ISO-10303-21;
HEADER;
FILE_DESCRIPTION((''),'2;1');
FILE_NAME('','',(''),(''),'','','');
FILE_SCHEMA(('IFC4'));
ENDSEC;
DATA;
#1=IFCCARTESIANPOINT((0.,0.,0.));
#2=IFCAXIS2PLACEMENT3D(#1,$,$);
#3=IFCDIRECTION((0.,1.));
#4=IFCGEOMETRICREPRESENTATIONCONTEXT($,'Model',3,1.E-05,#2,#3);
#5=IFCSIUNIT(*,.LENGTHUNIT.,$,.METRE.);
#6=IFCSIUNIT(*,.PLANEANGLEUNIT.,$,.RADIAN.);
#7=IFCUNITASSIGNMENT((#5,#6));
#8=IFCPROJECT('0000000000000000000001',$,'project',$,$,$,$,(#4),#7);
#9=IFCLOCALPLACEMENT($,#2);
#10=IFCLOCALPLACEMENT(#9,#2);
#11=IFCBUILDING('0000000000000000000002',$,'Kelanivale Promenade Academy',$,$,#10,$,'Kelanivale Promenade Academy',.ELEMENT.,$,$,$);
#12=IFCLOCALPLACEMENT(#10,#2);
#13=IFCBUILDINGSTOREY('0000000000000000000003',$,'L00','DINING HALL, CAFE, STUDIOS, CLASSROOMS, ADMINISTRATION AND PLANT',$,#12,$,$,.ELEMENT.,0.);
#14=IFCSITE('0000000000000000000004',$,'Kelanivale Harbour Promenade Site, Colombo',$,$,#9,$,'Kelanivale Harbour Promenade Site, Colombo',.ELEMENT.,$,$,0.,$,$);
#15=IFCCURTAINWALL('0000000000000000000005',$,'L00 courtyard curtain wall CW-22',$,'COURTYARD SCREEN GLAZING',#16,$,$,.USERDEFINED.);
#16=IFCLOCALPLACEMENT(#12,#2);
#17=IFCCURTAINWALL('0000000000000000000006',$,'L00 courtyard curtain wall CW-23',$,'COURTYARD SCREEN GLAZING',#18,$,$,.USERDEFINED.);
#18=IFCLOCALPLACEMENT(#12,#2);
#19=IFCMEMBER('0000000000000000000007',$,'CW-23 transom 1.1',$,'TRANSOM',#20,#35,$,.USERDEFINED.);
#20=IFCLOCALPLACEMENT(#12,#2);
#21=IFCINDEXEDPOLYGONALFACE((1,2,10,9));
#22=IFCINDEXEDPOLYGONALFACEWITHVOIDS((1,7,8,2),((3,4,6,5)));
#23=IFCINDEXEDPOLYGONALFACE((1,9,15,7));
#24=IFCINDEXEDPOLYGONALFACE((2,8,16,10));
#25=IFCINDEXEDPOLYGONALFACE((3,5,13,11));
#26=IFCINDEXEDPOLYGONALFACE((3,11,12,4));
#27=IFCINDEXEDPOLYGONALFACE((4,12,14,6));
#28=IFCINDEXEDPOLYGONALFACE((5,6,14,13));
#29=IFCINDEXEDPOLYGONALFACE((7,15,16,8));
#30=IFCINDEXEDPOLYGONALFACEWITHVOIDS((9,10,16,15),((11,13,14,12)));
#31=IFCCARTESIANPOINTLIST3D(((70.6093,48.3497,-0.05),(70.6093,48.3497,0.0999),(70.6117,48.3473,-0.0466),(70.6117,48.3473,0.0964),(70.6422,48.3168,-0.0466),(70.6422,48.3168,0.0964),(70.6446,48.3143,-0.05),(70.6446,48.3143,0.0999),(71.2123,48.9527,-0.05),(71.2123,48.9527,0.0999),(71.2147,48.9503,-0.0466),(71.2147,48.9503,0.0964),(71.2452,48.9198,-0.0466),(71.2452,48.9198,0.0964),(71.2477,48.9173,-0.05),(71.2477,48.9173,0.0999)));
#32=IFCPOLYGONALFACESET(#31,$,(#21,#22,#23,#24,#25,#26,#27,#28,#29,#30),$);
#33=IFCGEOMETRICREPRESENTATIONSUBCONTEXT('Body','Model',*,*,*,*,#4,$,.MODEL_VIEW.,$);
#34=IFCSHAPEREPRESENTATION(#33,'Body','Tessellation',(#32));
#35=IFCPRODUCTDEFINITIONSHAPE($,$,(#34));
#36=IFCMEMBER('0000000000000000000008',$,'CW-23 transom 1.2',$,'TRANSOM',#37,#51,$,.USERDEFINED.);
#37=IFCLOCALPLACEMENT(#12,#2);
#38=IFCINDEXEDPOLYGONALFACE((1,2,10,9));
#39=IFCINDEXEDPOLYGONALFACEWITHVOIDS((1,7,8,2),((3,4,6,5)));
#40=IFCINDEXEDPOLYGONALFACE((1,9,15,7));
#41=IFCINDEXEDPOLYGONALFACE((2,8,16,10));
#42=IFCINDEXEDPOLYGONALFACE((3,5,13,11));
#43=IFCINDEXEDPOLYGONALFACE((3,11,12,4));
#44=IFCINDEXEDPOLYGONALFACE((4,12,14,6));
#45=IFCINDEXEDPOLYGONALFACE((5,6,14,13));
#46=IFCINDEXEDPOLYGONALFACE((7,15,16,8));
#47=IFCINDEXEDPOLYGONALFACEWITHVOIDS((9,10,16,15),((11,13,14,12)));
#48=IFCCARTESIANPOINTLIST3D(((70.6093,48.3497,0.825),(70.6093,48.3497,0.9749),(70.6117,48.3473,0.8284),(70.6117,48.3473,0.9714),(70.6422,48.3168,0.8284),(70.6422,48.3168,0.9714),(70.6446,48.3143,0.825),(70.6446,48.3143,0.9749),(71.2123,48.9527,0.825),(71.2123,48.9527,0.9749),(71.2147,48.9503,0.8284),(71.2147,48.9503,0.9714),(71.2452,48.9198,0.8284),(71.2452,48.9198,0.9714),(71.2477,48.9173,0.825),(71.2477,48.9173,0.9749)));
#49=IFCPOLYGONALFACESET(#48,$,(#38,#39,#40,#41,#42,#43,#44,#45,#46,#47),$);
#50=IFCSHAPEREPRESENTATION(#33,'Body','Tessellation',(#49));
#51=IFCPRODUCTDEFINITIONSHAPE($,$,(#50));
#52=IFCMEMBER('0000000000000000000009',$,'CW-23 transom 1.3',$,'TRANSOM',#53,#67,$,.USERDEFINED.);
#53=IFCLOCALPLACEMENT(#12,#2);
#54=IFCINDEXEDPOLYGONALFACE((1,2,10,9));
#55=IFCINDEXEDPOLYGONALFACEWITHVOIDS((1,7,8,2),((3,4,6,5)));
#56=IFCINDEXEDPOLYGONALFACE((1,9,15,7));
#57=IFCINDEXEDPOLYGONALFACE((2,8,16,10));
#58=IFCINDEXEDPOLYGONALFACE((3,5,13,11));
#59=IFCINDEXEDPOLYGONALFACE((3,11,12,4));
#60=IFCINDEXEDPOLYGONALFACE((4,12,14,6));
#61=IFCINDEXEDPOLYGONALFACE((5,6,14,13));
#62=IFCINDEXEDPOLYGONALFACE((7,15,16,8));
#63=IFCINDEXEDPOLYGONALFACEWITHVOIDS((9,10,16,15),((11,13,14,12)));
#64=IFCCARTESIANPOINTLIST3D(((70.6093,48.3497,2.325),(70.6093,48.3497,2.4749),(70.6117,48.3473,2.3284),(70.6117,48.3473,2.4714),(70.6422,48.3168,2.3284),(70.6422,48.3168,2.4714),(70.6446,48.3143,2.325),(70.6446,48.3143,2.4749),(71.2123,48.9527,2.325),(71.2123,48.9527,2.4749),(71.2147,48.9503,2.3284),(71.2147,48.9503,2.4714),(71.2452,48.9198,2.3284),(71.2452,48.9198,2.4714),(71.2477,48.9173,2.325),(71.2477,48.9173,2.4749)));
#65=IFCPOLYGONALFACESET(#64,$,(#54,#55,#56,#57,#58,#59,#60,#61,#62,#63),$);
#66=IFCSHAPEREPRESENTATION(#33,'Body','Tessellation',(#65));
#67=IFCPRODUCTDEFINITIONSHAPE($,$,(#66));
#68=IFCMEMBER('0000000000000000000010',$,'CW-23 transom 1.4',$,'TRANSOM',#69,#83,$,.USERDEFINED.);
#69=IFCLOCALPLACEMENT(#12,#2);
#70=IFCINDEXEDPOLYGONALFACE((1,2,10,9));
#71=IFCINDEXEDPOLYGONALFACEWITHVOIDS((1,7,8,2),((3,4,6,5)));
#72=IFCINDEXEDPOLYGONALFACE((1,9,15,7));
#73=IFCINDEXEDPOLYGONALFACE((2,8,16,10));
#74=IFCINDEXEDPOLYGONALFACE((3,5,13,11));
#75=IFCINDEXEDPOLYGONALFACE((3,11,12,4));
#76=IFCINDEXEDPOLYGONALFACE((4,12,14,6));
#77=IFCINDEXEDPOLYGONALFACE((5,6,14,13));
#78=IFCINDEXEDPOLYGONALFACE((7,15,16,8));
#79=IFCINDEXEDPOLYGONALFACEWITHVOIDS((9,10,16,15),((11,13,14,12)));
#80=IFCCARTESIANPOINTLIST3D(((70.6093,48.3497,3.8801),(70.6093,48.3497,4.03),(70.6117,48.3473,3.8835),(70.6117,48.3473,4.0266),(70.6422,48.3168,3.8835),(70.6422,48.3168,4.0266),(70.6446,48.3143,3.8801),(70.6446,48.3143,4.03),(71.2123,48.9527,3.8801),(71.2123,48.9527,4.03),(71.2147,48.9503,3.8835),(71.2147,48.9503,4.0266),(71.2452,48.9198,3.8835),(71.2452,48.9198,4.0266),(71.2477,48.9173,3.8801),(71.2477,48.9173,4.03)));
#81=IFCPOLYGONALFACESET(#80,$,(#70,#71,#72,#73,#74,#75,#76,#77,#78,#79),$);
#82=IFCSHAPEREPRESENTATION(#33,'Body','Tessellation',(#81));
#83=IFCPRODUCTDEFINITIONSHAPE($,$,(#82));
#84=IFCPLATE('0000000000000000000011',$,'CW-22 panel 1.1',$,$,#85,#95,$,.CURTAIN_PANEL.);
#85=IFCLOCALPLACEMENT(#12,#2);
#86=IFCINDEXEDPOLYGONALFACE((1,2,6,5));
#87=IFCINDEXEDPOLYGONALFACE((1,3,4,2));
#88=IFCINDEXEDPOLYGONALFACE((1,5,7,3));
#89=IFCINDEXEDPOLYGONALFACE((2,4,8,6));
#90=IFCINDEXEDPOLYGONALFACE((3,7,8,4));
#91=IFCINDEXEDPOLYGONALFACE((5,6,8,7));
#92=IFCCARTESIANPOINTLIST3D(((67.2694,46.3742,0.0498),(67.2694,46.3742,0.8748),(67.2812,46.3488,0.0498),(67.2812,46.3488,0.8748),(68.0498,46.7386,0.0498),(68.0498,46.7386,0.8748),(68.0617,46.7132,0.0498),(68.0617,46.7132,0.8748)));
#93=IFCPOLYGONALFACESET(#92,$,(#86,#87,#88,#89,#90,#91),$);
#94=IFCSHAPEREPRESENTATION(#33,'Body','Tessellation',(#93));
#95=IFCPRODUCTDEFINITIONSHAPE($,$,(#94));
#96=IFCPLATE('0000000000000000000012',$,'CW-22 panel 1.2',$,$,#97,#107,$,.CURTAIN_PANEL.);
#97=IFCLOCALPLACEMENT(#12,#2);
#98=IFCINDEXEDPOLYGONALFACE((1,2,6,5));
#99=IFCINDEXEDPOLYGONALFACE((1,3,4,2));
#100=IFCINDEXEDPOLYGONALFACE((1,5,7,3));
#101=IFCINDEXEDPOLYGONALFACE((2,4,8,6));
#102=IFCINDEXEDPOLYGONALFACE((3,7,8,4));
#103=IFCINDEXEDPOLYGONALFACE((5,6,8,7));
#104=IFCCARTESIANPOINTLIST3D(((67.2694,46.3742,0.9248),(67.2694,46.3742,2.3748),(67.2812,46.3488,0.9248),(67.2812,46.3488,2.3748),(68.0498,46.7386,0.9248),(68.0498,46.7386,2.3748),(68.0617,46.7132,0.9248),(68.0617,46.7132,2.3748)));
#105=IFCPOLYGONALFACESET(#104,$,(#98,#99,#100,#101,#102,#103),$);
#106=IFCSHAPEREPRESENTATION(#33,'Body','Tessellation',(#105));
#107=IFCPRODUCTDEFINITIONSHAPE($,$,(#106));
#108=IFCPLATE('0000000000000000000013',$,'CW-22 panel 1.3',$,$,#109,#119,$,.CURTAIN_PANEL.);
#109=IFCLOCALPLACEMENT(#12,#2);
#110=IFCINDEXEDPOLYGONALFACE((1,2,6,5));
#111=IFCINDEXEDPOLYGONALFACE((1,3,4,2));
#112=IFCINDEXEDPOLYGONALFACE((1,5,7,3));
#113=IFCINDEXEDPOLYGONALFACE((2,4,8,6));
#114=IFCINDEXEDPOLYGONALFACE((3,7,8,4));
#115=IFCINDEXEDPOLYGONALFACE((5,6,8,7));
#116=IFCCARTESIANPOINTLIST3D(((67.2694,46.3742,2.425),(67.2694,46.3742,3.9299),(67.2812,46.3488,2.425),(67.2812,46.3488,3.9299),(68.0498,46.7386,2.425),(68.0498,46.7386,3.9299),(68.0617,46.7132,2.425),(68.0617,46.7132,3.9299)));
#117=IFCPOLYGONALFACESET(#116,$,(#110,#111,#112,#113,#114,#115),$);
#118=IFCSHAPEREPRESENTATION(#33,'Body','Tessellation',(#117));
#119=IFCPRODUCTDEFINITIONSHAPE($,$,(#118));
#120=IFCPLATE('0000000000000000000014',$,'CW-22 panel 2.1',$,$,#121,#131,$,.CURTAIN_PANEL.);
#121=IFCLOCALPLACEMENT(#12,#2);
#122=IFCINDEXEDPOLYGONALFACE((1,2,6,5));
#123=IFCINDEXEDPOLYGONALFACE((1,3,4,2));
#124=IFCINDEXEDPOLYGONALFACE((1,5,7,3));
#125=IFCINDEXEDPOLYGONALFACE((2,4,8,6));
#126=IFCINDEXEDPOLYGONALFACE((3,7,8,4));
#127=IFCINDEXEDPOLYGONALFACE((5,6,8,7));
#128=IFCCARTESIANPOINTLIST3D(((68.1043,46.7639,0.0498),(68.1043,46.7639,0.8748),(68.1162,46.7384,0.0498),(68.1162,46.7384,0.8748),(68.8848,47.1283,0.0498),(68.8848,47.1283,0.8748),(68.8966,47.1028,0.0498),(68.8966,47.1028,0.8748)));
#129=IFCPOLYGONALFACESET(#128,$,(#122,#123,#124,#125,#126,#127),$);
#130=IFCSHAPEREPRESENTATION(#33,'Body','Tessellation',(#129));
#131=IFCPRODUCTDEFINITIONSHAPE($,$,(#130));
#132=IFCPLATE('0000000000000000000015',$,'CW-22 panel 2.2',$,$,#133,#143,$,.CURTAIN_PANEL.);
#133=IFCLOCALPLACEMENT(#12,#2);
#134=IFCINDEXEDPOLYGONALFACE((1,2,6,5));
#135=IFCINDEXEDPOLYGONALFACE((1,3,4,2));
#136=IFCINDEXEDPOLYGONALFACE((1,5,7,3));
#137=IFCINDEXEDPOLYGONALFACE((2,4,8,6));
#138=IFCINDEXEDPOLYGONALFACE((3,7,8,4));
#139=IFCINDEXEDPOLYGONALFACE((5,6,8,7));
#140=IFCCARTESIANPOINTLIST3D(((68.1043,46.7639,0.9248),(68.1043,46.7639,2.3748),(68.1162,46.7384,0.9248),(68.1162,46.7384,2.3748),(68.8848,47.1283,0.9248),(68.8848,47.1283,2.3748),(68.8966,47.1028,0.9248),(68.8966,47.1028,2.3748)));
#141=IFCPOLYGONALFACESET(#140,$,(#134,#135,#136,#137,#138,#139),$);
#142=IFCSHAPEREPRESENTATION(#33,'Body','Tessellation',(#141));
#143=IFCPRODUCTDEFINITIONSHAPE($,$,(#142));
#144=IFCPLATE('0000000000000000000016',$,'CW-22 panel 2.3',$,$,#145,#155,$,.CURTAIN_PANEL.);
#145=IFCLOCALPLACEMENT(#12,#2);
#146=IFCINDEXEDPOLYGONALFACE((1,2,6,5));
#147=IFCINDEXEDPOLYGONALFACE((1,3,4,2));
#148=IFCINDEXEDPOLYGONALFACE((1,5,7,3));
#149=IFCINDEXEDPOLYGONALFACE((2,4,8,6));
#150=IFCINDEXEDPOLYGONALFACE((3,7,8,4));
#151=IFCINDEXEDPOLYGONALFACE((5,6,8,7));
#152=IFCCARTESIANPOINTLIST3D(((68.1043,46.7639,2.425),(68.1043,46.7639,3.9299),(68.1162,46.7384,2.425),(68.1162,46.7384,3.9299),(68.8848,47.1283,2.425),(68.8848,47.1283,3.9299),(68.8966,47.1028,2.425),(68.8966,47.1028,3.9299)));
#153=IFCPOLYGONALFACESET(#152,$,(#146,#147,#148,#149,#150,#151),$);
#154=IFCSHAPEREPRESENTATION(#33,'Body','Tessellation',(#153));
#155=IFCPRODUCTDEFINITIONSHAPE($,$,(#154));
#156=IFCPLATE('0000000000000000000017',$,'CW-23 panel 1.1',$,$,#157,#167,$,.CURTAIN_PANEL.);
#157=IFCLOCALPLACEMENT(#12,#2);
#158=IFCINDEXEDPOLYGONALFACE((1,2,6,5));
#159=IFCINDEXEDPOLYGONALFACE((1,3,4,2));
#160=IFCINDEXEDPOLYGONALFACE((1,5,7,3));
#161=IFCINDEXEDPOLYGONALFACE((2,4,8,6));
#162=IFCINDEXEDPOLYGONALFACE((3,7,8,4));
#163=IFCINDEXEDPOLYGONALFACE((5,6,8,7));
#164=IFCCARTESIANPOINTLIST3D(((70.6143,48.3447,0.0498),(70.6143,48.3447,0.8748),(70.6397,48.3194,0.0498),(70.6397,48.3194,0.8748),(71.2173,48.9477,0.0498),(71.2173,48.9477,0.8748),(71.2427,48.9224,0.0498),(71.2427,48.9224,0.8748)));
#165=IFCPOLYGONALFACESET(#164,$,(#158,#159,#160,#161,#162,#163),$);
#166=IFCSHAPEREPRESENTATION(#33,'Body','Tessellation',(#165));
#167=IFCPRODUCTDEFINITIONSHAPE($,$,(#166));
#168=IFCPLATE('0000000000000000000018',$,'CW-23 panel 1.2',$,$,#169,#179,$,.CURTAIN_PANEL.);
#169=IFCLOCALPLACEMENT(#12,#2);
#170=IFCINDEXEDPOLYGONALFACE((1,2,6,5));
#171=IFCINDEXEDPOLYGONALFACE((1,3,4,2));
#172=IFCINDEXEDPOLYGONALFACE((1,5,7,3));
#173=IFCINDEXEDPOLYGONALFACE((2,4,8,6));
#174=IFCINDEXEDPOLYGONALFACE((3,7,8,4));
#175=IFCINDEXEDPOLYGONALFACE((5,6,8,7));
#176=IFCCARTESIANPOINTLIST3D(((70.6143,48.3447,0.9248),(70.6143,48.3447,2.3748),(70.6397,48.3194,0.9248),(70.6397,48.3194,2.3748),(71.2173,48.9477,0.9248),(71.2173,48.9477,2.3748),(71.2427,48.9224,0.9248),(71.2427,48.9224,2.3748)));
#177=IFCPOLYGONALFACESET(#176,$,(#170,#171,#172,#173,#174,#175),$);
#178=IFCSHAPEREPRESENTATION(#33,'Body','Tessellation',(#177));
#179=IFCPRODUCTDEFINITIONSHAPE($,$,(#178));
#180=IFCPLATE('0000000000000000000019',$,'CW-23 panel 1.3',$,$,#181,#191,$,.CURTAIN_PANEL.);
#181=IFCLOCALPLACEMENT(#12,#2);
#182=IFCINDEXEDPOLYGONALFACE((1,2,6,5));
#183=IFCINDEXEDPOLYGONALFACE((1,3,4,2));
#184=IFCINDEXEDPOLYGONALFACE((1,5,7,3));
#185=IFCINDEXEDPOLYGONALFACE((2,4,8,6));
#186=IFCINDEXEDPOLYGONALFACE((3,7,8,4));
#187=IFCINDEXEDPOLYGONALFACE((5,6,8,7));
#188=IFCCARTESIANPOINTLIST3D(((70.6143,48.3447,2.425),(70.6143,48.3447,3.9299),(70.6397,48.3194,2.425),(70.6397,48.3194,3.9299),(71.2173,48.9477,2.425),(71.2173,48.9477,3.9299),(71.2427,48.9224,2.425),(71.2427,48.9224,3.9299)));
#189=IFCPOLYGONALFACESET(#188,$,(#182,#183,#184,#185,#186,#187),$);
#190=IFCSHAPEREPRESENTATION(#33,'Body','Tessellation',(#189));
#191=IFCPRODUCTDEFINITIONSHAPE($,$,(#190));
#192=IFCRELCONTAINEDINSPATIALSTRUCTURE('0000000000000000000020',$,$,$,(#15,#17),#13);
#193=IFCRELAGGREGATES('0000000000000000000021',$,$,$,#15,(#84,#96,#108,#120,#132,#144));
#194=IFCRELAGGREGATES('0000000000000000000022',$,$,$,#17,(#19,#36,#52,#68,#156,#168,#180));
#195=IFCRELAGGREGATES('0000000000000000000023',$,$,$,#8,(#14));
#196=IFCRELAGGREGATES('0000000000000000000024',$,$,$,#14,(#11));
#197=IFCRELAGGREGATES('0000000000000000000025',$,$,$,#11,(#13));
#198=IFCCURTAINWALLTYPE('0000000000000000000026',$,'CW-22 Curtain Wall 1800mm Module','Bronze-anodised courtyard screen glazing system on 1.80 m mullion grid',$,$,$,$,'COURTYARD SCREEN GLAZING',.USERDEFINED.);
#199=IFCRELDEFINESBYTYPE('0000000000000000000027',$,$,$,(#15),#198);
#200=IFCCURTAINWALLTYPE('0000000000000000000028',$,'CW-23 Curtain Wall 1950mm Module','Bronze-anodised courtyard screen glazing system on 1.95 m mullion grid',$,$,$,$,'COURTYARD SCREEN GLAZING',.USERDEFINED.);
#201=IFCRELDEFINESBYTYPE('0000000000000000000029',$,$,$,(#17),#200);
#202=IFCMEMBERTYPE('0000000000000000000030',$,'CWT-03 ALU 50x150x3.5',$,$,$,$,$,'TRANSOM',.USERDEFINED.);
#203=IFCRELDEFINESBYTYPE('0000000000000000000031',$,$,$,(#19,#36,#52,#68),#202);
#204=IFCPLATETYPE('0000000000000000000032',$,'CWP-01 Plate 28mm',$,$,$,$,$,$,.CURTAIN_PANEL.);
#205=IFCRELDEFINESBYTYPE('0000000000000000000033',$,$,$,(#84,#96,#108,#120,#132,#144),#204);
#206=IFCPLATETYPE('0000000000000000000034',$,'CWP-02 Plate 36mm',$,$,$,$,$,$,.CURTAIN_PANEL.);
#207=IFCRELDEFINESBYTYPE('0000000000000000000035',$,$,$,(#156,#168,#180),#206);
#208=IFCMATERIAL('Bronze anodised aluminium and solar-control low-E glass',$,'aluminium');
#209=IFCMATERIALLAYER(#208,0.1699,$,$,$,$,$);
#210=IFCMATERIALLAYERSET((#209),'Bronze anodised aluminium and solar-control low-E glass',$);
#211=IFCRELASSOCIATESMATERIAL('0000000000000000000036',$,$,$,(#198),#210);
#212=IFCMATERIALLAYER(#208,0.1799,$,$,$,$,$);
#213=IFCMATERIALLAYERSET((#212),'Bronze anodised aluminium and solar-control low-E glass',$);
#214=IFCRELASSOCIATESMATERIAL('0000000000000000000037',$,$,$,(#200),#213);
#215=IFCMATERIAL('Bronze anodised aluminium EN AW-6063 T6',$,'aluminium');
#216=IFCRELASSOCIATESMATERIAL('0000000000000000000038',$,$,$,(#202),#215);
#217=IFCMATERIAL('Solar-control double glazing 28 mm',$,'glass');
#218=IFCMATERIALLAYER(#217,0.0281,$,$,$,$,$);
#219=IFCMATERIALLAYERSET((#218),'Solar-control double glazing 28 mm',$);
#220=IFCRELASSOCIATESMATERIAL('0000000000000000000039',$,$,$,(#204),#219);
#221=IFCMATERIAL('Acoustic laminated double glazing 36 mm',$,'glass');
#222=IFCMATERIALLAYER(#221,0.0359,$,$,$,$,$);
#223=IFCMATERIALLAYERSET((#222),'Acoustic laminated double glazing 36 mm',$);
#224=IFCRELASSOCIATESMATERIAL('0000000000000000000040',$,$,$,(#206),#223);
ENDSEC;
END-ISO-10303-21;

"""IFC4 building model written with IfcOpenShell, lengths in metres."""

from ifc_helpers import new_model, si_unit, direction, frame, origin, origin_2d, place, context, subcontext, project, spatial, rectangle, hollow_rectangle, extrude, material, layer, layer_set, material_profile, profile_set, type_object, element, aggregate, save


model = new_model("IFC4")

# Units and contexts
model_context = context("Model", 3, precision=1e-05, world=origin(), true_north=direction((0.0, 1.0)))
body_context = subcontext(model_context, "Body", "Model", "MODEL_VIEW")
ifc_project = project(units=[si_unit("LENGTHUNIT", "METRE"), si_unit("PLANEANGLEUNIT", "RADIAN")], contexts=[model_context])

# Site, building, storey
site_placement = place(None, origin())
site = spatial("IfcSite", under=ifc_project, at=site_placement, Name="Kelanivale Harbour Promenade Site, Colombo", LongName="Kelanivale Harbour Promenade Site, Colombo", CompositionType="ELEMENT", RefElevation=0.0)
building_placement = place(site_placement, origin())
building = spatial("IfcBuilding", under=site, at=building_placement, Name="Kelanivale Promenade Academy", LongName="Kelanivale Promenade Academy", CompositionType="ELEMENT")
storey_placement = place(building_placement, origin())
storey = spatial("IfcBuildingStorey", under=building, at=storey_placement, Name="L00", Description="DINING HALL, CAFE, STUDIOS, CLASSROOMS, ADMINISTRATION AND PLANT", CompositionType="ELEMENT", Elevation=0.0)

# Curtain wall
ifc_material_1 = material(Name="Bronze anodised aluminium and solar-control low-E glass", Category="aluminium")
ifc_layer_1 = layer(ifc_material_1, 0.1699)
ifc_layer_set_1 = layer_set([ifc_layer_1], Name="Bronze anodised aluminium and solar-control low-E glass")
curtain_wall_type_1 = type_object("IfcCurtainWallType", Name="CW-22 Curtain Wall 1800mm Module", Description="Bronze-anodised courtyard screen glazing system on 1.80 m mullion grid", ElementType="COURTYARD SCREEN GLAZING", PredefinedType="USERDEFINED", material=ifc_layer_set_1)
curtain_wall_1_placement = place(storey_placement, origin())
curtain_wall_1 = element("IfcCurtainWall", 1, at=curtain_wall_1_placement, inside=storey, type_object=curtain_wall_type_1, Name="L00 courtyard curtain wall CW-22", ObjectType="COURTYARD SCREEN GLAZING", PredefinedType="USERDEFINED")
ifc_material_2 = material(Name="Bronze anodised aluminium EN AW-6063 T6", Category="aluminium")

# Curtain wall
ifc_layer_2 = layer(ifc_material_1, 0.1799)
ifc_layer_set_2 = layer_set([ifc_layer_2], Name="Bronze anodised aluminium and solar-control low-E glass")
curtain_wall_type_2 = type_object("IfcCurtainWallType", Name="CW-23 Curtain Wall 1950mm Module", Description="Bronze-anodised courtyard screen glazing system on 1.95 m mullion grid", ElementType="COURTYARD SCREEN GLAZING", PredefinedType="USERDEFINED", material=ifc_layer_set_2)
curtain_wall_2_placement = place(storey_placement, origin())
curtain_wall_2 = element("IfcCurtainWall", 2, at=curtain_wall_2_placement, inside=storey, type_object=curtain_wall_type_2, Name="L00 courtyard curtain wall CW-23", ObjectType="COURTYARD SCREEN GLAZING", PredefinedType="USERDEFINED")

# Members
ifc_material_profile_1 = material_profile(ifc_material_2, hollow_rectangle(XDim=0.05, YDim=0.1499, WallThickness=0.0034, at=origin_2d()), Name="ALU 50x150x3.5")
ifc_profile_set_1 = profile_set([ifc_material_profile_1], Name="Bronze anodised aluminium EN AW-6063 T6")
member_type_1 = type_object("IfcMemberType", Name="CWT-03 ALU 50x150x3.5", ElementType="TRANSOM", PredefinedType="USERDEFINED", material=ifc_profile_set_1)
member_1_placement = place(storey_placement, frame((70.627, 48.332, 0.0249), z_axis=(0.707107, 0.707107, 0.0), x_axis=(-0.707107, 0.707107, 0.0)))
member_1 = element("IfcMember", 3, at=member_1_placement, type_object=member_type_1, Name="CW-23 transom 1.1", ObjectType="TRANSOM", PredefinedType="USERDEFINED", context=body_context, shape_type="SweptSolid", body=[
    extrude(hollow_rectangle(XDim=0.05, YDim=0.1499, WallThickness=0.0034, at=origin_2d()), origin(), (0.0, 0.0, 1.0), 0.8528),
])
member_2_placement = place(storey_placement, frame((70.627, 48.332, 0.8999), z_axis=(0.707107, 0.707107, 0.0), x_axis=(-0.707107, 0.707107, 0.0)))
member_2 = element("IfcMember", 4, at=member_2_placement, type_object=member_type_1, Name="CW-23 transom 1.2", ObjectType="TRANSOM", PredefinedType="USERDEFINED", context=body_context, shape_type="SweptSolid", body=[
    extrude(hollow_rectangle(XDim=0.05, YDim=0.1499, WallThickness=0.0034, at=origin_2d()), origin(), (0.0, 0.0, 1.0), 0.8528),
])
member_3_placement = place(storey_placement, frame((70.627, 48.332, 2.3999), z_axis=(0.707107, 0.707107, 0.0), x_axis=(-0.707107, 0.707107, 0.0)))
member_3 = element("IfcMember", 5, at=member_3_placement, type_object=member_type_1, Name="CW-23 transom 1.3", ObjectType="TRANSOM", PredefinedType="USERDEFINED", context=body_context, shape_type="SweptSolid", body=[
    extrude(hollow_rectangle(XDim=0.05, YDim=0.1499, WallThickness=0.0034, at=origin_2d()), origin(), (0.0, 0.0, 1.0), 0.8528),
])
member_4_placement = place(storey_placement, frame((70.627, 48.332, 3.9551), z_axis=(0.707107, 0.707107, 0.0), x_axis=(-0.707107, 0.707107, 0.0)))
member_4 = element("IfcMember", 6, at=member_4_placement, type_object=member_type_1, Name="CW-23 transom 1.4", ObjectType="TRANSOM", PredefinedType="USERDEFINED", context=body_context, shape_type="SweptSolid", body=[
    extrude(hollow_rectangle(XDim=0.05, YDim=0.1499, WallThickness=0.0034, at=origin_2d()), origin(), (0.0, 0.0, 1.0), 0.8528),
])

# Plates
ifc_material_3 = material(Name="Solar-control double glazing 28 mm", Category="glass")
ifc_layer_3 = layer(ifc_material_3, 0.0281)
ifc_layer_set_3 = layer_set([ifc_layer_3], Name="Solar-control double glazing 28 mm")
plate_type_1 = type_object("IfcPlateType", Name="CWP-01 Plate 28mm", PredefinedType="CURTAIN_PANEL", material=ifc_layer_set_3)
plate_1_placement = place(storey_placement, frame((67.6655, 46.5437, 0.0498), z_axis=(0.0, 0.0, 1.0), x_axis=(0.906089, 0.423087, 0.0)))
plate_1 = element("IfcPlate", 7, at=plate_1_placement, type_object=plate_type_1, Name="CW-22 panel 1.1", PredefinedType="CURTAIN_PANEL", context=body_context, shape_type="SweptSolid", body=[
    extrude(rectangle(XDim=0.8613, YDim=0.0281, at=origin_2d()), origin(), (0.0, 0.0, 1.0), 0.825),
])
plate_2_placement = place(storey_placement, frame((67.6655, 46.5437, 0.9248), z_axis=(0.0, 0.0, 1.0), x_axis=(0.906089, 0.423087, 0.0)))
plate_2 = element("IfcPlate", 8, at=plate_2_placement, type_object=plate_type_1, Name="CW-22 panel 1.2", PredefinedType="CURTAIN_PANEL", context=body_context, shape_type="SweptSolid", body=[
    extrude(rectangle(XDim=0.8613, YDim=0.0281, at=origin_2d()), origin(), (0.0, 0.0, 1.0), 1.45),
])
plate_3_placement = place(storey_placement, frame((67.6655, 46.5437, 2.425), z_axis=(0.0, 0.0, 1.0), x_axis=(0.906089, 0.423087, 0.0)))
plate_3 = element("IfcPlate", 9, at=plate_3_placement, type_object=plate_type_1, Name="CW-22 panel 1.3", PredefinedType="CURTAIN_PANEL", context=body_context, shape_type="SweptSolid", body=[
    extrude(rectangle(XDim=0.8613, YDim=0.0281, at=origin_2d()), origin(), (0.0, 0.0, 1.0), 1.5049),
])
plate_4_placement = place(storey_placement, frame((68.5005, 46.9333, 0.0498), z_axis=(0.0, 0.0, 1.0), x_axis=(0.906089, 0.423087, 0.0)))
plate_4 = element("IfcPlate", 10, at=plate_4_placement, type_object=plate_type_1, Name="CW-22 panel 2.1", PredefinedType="CURTAIN_PANEL", context=body_context, shape_type="SweptSolid", body=[
    extrude(rectangle(XDim=0.8613, YDim=0.0281, at=origin_2d()), origin(), (0.0, 0.0, 1.0), 0.825),
])
plate_5_placement = place(storey_placement, frame((68.5005, 46.9333, 0.9248), z_axis=(0.0, 0.0, 1.0), x_axis=(0.906089, 0.423087, 0.0)))
plate_5 = element("IfcPlate", 11, at=plate_5_placement, type_object=plate_type_1, Name="CW-22 panel 2.2", PredefinedType="CURTAIN_PANEL", context=body_context, shape_type="SweptSolid", body=[
    extrude(rectangle(XDim=0.8613, YDim=0.0281, at=origin_2d()), origin(), (0.0, 0.0, 1.0), 1.45),
])
plate_6_placement = place(storey_placement, frame((68.5005, 46.9333, 2.425), z_axis=(0.0, 0.0, 1.0), x_axis=(0.906089, 0.423087, 0.0)))
plate_6 = element("IfcPlate", 12, at=plate_6_placement, type_object=plate_type_1, Name="CW-22 panel 2.3", PredefinedType="CURTAIN_PANEL", context=body_context, shape_type="SweptSolid", body=[
    extrude(rectangle(XDim=0.8613, YDim=0.0281, at=origin_2d()), origin(), (0.0, 0.0, 1.0), 1.5049),
])
aggregate(curtain_wall_1, [plate_1, plate_2, plate_3, plate_4, plate_5, plate_6])
ifc_material_4 = material(Name="Acoustic laminated double glazing 36 mm", Category="glass")
ifc_layer_4 = layer(ifc_material_4, 0.0359)
ifc_layer_set_4 = layer_set([ifc_layer_4], Name="Acoustic laminated double glazing 36 mm")
plate_type_2 = type_object("IfcPlateType", Name="CWP-02 Plate 36mm", PredefinedType="CURTAIN_PANEL", material=ifc_layer_set_4)
plate_7_placement = place(storey_placement, frame((70.9285, 48.6335, 0.0498), z_axis=(0.0, 0.0, 1.0), x_axis=(0.707107, 0.707107, 0.0)))
plate_7 = element("IfcPlate", 13, at=plate_7_placement, type_object=plate_type_2, Name="CW-23 panel 1.1", PredefinedType="CURTAIN_PANEL", context=body_context, shape_type="SweptSolid", body=[
    extrude(rectangle(XDim=0.8528, YDim=0.0359, at=origin_2d()), origin(), (0.0, 0.0, 1.0), 0.825),
])
plate_8_placement = place(storey_placement, frame((70.9285, 48.6335, 0.9248), z_axis=(0.0, 0.0, 1.0), x_axis=(0.707107, 0.707107, 0.0)))
plate_8 = element("IfcPlate", 14, at=plate_8_placement, type_object=plate_type_2, Name="CW-23 panel 1.2", PredefinedType="CURTAIN_PANEL", context=body_context, shape_type="SweptSolid", body=[
    extrude(rectangle(XDim=0.8528, YDim=0.0359, at=origin_2d()), origin(), (0.0, 0.0, 1.0), 1.45),
])
plate_9_placement = place(storey_placement, frame((70.9285, 48.6335, 2.425), z_axis=(0.0, 0.0, 1.0), x_axis=(0.707107, 0.707107, 0.0)))
plate_9 = element("IfcPlate", 15, at=plate_9_placement, type_object=plate_type_2, Name="CW-23 panel 1.3", PredefinedType="CURTAIN_PANEL", context=body_context, shape_type="SweptSolid", body=[
    extrude(rectangle(XDim=0.8528, YDim=0.0359, at=origin_2d()), origin(), (0.0, 0.0, 1.0), 1.5049),
])
aggregate(curtain_wall_2, [member_1, member_2, member_3, member_4, plate_7, plate_8, plate_9])

save(model, "model.ifc")
